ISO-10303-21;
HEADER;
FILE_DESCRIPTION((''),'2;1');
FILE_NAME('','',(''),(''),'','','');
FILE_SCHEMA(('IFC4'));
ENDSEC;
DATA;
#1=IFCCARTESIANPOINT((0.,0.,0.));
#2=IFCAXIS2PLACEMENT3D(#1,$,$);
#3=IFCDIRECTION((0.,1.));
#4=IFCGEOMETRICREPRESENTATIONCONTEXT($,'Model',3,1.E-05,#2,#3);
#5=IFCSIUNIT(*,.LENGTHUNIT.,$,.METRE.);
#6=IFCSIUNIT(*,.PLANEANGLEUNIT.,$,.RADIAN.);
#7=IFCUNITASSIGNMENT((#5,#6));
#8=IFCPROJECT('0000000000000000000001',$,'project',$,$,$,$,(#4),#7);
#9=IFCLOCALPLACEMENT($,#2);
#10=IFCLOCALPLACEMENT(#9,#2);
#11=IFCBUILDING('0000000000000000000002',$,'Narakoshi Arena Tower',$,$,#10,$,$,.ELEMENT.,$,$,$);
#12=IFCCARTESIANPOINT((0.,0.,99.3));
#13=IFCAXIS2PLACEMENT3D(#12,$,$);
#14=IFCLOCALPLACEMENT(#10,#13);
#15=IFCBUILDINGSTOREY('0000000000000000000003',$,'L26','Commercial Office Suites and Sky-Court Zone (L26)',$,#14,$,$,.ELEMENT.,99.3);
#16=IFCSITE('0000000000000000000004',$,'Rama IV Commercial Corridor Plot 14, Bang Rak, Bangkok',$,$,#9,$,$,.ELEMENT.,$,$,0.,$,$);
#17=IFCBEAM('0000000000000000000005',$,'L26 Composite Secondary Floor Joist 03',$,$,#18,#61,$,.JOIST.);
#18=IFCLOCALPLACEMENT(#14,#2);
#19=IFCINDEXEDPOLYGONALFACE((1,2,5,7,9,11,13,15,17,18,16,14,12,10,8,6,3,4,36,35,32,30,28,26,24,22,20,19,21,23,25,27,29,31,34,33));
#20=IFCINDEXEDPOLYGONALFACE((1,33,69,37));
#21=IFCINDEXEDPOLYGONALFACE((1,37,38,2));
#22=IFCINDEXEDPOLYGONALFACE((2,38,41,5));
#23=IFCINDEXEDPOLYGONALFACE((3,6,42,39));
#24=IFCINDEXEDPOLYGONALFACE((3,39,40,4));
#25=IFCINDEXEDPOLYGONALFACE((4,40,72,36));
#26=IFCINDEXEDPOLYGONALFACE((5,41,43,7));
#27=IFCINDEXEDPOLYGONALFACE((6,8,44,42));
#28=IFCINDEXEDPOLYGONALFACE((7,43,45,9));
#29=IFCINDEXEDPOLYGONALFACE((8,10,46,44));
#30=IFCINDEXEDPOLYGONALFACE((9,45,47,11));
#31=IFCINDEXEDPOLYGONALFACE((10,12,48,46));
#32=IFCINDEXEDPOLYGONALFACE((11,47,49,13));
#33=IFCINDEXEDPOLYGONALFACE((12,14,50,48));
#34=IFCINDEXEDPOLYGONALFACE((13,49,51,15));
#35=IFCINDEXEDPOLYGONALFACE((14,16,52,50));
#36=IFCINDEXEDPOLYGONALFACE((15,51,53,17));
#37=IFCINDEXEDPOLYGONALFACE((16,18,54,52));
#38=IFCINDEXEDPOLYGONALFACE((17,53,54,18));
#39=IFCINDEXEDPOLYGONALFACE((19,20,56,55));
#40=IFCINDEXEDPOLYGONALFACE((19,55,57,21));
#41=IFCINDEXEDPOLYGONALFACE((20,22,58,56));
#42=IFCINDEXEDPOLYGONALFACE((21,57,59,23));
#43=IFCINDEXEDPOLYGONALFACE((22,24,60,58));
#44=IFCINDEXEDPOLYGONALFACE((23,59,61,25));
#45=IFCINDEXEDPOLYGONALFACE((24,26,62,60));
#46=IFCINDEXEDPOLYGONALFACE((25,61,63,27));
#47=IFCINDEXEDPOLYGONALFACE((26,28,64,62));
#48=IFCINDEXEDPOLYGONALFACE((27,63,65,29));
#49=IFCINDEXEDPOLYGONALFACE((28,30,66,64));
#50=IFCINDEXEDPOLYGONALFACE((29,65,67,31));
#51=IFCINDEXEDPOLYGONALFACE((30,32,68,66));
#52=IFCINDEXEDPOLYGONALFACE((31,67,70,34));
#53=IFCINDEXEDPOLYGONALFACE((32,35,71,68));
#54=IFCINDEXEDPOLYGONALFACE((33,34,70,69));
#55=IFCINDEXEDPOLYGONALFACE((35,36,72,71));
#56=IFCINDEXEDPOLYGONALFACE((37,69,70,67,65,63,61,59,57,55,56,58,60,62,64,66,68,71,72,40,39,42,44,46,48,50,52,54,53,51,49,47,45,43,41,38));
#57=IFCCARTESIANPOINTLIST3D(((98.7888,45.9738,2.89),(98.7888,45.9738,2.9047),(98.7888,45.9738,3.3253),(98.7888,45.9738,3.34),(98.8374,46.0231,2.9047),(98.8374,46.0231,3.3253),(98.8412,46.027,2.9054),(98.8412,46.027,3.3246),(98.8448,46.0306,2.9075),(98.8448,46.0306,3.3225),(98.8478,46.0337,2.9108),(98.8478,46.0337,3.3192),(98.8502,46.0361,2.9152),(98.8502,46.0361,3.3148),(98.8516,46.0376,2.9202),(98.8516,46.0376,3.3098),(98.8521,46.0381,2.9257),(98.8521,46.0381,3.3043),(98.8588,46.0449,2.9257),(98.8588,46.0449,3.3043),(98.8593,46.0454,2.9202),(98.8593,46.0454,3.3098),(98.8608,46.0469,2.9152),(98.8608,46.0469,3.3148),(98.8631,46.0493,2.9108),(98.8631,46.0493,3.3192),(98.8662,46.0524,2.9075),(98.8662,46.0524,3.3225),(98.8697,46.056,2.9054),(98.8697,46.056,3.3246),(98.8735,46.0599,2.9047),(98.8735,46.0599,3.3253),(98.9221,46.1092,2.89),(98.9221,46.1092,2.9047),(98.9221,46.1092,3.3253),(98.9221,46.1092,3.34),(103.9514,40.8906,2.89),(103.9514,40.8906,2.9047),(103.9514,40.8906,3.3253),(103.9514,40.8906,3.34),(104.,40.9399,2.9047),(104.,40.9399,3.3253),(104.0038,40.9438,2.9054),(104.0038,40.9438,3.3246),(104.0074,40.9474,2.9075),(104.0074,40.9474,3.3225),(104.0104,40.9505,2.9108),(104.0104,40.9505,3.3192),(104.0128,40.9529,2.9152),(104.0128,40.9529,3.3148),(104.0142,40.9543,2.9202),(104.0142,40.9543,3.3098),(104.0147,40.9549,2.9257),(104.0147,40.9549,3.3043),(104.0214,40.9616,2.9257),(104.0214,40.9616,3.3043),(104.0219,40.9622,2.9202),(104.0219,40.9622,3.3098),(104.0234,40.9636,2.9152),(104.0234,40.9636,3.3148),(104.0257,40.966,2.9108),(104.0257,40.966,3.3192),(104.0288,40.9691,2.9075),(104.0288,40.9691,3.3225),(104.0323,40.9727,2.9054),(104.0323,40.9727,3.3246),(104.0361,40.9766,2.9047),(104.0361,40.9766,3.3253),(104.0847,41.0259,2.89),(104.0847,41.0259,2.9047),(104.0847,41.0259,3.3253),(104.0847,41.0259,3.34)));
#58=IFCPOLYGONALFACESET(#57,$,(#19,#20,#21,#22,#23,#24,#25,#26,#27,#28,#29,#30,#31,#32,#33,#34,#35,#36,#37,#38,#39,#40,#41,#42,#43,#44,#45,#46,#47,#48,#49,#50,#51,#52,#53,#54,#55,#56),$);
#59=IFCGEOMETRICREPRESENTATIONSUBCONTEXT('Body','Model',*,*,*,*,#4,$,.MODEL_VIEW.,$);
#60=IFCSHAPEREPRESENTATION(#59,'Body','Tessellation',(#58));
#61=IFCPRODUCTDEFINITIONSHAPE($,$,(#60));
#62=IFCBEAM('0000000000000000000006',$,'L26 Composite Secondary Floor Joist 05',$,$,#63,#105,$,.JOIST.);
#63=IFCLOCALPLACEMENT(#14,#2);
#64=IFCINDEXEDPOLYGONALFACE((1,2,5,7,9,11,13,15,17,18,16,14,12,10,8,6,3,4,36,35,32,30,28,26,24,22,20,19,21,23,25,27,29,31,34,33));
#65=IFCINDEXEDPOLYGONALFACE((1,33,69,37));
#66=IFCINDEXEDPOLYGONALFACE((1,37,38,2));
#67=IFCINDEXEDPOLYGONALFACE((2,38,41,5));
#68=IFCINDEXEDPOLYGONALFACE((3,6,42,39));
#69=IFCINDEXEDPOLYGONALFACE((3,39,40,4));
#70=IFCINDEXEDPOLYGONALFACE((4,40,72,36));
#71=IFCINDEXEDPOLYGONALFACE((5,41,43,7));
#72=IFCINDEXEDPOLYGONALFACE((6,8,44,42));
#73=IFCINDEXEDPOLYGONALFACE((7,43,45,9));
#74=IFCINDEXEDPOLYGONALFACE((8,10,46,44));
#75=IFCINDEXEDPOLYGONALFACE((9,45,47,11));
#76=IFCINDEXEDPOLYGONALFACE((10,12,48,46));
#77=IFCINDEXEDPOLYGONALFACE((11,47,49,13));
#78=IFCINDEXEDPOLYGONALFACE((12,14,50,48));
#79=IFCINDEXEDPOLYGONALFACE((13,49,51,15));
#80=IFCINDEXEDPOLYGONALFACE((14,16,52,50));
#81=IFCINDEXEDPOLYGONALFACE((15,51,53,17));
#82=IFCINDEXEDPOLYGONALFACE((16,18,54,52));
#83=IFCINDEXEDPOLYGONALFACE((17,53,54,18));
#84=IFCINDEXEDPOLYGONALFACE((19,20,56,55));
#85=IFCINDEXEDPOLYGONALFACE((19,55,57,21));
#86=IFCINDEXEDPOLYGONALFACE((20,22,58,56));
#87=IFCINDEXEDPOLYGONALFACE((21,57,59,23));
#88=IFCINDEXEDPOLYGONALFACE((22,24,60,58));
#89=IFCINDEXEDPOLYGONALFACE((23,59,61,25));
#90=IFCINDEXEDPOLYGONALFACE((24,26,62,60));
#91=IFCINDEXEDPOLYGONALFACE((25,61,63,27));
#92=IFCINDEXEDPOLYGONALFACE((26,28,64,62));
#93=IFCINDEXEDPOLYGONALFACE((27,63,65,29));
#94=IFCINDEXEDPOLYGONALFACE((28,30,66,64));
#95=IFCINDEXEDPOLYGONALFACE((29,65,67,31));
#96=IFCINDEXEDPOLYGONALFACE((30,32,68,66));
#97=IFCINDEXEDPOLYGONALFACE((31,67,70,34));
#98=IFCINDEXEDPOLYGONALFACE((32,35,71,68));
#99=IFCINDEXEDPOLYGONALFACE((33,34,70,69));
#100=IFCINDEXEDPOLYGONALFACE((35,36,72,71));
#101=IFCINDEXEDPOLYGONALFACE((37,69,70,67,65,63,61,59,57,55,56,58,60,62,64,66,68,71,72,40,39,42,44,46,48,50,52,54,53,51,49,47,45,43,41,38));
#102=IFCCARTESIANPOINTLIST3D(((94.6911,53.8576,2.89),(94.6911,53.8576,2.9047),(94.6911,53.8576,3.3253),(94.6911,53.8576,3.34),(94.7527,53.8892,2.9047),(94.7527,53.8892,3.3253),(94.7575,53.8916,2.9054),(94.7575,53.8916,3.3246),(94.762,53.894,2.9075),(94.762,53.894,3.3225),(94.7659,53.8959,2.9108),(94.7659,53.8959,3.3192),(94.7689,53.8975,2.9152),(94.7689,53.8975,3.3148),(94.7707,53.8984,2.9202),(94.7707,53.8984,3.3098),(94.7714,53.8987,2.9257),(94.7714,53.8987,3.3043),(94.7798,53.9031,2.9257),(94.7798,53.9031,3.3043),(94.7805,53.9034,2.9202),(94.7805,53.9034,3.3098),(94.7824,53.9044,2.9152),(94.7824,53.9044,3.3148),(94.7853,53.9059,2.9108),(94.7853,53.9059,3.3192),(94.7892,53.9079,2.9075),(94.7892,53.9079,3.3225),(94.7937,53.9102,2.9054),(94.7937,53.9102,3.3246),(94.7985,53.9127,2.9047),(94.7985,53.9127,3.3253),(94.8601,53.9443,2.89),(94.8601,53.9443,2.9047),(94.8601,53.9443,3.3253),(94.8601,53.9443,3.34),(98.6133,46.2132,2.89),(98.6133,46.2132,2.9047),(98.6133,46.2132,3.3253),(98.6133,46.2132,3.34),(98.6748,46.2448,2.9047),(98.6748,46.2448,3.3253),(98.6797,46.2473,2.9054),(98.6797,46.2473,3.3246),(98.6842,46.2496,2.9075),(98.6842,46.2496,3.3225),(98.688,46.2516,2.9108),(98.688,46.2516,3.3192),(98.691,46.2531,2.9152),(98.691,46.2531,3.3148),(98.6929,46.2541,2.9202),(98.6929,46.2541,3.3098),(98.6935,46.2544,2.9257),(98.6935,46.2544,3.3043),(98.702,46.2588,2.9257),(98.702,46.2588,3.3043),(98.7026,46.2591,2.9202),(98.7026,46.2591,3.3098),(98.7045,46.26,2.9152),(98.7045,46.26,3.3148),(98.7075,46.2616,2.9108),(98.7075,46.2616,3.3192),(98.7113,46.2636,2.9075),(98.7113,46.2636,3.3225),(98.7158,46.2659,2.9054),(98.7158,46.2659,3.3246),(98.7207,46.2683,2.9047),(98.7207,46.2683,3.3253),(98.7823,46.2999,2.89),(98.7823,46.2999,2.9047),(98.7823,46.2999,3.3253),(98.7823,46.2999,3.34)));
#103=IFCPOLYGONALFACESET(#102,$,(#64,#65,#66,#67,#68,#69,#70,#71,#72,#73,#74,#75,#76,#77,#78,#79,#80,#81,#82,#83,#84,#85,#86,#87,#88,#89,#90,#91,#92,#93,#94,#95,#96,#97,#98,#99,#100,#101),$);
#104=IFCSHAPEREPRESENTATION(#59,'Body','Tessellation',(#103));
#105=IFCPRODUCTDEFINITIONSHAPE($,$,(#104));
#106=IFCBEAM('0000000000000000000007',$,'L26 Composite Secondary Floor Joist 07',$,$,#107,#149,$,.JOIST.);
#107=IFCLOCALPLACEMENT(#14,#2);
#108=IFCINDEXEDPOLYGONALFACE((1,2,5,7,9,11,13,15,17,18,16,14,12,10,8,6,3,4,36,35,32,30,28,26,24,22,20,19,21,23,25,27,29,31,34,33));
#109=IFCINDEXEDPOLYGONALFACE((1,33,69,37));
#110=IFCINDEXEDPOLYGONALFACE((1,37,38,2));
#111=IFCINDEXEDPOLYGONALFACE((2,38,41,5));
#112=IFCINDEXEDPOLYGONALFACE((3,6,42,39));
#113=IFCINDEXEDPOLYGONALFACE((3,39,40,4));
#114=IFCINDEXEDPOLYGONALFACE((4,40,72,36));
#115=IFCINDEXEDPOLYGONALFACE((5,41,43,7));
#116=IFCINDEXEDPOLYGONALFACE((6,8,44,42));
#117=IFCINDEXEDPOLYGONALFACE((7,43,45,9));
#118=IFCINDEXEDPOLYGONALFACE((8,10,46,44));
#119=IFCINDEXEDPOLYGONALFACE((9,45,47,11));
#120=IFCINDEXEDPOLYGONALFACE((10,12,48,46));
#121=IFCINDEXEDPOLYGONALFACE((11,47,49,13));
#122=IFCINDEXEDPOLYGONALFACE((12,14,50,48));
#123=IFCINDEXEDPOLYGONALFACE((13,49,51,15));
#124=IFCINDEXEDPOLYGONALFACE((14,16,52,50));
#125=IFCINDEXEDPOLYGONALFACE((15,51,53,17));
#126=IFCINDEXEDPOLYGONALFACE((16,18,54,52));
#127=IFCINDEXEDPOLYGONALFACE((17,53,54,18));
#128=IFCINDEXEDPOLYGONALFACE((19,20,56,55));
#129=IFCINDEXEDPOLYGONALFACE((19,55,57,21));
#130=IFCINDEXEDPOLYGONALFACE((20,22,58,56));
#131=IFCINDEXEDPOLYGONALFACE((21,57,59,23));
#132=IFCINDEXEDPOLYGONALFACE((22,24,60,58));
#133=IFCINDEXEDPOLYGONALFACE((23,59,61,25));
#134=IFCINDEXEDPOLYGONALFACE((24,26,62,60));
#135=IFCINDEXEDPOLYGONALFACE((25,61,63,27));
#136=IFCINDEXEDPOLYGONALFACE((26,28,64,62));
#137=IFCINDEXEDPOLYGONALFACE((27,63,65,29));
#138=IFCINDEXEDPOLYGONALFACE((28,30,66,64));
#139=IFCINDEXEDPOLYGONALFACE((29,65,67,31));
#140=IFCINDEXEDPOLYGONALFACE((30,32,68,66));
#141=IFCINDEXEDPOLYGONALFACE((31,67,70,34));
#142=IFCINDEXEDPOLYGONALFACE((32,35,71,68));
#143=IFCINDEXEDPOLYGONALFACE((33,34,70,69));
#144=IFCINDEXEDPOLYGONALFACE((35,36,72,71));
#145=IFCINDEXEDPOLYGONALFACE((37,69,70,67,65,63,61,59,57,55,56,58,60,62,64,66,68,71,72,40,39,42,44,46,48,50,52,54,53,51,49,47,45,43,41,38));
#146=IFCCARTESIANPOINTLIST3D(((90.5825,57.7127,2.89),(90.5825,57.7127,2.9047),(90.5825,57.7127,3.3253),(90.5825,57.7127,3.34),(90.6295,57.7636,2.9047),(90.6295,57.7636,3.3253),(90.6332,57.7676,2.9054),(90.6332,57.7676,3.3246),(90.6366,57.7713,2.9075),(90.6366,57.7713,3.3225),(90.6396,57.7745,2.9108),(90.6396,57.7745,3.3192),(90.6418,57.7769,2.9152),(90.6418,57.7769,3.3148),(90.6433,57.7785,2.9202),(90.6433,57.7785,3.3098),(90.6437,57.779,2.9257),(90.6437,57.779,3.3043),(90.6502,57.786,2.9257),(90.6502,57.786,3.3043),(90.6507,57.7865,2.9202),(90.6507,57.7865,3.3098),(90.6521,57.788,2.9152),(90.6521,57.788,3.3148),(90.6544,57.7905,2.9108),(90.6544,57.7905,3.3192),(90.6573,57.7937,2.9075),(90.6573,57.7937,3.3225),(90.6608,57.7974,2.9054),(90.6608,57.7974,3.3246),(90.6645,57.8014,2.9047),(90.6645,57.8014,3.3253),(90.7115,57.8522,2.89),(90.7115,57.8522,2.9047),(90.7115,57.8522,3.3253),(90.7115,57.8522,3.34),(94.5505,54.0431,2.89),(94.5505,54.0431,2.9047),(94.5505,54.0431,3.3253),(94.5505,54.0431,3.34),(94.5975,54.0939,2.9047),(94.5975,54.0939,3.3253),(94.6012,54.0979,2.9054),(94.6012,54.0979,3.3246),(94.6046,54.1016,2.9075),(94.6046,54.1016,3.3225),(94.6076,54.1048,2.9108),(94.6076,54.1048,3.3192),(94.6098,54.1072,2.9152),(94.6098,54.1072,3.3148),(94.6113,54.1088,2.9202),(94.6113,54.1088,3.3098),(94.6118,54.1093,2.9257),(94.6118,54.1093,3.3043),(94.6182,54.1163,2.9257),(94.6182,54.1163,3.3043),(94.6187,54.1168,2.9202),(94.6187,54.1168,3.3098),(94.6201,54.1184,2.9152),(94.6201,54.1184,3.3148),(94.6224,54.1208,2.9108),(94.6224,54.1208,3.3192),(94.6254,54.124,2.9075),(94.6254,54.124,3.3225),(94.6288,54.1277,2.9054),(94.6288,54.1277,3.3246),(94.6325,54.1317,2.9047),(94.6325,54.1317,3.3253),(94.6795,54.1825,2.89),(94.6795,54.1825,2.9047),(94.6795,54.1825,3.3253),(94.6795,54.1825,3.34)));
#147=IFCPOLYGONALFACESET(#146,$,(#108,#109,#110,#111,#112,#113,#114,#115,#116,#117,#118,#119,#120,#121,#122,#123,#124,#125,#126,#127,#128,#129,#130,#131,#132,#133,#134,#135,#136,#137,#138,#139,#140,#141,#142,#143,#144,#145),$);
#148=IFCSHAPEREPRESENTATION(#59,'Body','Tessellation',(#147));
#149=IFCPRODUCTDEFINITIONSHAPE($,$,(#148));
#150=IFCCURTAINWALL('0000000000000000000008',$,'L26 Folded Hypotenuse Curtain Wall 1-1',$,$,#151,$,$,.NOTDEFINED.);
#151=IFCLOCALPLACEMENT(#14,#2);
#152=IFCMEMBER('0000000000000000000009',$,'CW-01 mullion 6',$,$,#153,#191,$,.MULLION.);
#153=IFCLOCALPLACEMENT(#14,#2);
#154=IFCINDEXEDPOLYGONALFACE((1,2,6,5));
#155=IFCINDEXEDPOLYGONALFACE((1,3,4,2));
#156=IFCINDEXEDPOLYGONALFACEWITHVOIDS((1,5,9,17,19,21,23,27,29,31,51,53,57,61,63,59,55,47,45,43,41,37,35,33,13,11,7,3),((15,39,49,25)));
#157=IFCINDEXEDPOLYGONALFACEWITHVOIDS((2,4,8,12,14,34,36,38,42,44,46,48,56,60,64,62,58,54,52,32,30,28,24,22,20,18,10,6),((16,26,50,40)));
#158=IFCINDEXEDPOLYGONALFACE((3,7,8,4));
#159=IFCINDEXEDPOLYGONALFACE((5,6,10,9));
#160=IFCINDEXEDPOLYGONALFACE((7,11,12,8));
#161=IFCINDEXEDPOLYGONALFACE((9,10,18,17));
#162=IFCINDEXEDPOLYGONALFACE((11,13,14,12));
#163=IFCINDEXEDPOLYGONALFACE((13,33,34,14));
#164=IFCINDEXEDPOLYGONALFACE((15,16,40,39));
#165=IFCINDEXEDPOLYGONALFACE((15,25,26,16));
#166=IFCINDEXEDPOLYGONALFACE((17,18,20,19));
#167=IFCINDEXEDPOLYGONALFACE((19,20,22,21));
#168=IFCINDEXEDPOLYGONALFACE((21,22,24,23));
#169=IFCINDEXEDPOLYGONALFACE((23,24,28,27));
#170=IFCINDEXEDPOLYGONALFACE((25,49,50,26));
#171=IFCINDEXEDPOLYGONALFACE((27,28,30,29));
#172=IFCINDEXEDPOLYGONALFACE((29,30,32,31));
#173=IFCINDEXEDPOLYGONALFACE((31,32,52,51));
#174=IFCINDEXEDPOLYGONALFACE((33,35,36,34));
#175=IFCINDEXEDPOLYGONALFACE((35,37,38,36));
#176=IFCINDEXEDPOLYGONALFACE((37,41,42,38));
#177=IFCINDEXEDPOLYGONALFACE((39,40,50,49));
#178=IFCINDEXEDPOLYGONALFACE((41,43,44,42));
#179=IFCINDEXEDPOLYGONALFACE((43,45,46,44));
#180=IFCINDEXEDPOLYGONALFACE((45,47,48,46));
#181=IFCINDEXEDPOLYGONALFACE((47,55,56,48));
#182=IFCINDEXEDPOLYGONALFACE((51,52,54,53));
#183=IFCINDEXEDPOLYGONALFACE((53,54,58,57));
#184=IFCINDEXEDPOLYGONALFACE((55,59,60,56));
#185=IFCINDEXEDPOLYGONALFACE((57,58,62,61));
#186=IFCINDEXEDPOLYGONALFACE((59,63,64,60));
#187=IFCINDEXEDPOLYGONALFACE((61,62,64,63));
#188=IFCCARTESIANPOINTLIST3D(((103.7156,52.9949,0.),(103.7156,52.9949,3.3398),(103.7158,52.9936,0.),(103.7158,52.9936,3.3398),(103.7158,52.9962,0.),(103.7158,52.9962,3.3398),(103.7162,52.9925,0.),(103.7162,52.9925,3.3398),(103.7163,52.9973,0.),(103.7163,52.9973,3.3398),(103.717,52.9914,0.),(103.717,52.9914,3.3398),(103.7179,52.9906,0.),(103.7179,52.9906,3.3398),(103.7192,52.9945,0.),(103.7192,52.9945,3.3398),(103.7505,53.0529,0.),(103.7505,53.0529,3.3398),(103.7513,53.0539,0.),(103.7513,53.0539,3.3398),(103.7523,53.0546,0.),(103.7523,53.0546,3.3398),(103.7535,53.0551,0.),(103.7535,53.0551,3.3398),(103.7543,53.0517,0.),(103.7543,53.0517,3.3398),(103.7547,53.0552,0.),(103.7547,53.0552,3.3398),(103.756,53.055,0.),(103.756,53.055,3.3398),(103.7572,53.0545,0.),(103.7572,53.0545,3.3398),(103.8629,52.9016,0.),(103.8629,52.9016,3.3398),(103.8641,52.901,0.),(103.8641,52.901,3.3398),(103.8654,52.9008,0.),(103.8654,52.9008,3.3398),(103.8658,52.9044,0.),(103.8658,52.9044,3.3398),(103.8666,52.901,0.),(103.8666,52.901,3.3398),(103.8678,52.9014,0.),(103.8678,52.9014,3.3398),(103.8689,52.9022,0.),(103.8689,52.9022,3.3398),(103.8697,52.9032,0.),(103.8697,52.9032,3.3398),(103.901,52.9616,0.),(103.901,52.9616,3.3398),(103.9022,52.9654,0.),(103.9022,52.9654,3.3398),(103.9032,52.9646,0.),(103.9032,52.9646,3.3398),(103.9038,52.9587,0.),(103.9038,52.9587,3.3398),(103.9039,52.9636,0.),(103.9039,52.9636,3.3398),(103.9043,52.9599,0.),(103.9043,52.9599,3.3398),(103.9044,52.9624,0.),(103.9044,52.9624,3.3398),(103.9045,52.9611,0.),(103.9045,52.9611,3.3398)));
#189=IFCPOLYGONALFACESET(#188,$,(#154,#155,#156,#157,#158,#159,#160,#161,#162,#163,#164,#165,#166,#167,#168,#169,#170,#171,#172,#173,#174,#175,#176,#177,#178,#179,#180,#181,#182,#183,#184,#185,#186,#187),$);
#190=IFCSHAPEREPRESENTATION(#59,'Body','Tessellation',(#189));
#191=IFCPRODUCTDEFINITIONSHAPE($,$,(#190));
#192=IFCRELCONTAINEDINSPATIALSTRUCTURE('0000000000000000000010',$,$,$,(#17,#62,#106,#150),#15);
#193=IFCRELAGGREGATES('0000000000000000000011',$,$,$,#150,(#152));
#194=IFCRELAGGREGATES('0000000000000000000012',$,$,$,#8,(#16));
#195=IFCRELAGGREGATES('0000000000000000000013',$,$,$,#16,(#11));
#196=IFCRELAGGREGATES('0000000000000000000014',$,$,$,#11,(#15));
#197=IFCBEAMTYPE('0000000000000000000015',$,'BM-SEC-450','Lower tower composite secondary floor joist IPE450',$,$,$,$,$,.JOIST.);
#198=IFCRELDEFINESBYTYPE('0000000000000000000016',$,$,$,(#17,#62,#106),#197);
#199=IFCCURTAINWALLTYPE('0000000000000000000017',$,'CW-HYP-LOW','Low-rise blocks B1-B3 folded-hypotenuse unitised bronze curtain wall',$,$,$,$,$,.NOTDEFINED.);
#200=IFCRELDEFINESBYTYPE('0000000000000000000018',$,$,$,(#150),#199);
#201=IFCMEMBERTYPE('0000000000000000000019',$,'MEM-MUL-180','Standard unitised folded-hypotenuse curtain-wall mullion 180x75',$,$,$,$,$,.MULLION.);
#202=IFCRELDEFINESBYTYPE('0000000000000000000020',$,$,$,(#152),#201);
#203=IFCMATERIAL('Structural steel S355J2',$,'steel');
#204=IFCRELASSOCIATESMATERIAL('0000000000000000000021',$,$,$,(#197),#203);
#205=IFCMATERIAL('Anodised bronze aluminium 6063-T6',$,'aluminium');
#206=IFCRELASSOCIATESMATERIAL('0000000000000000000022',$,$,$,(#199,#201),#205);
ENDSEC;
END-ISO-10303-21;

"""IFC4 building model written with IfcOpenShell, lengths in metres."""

from ifc_helpers import new_model, si_unit, direction, frame, origin, origin_2d, place, context, subcontext, project, spatial, hollow_rectangle, i_section, extrude, material, material_profile, profile_set, type_object, element, aggregate, save


model = new_model("IFC4")

# Units and contexts
model_context = context("Model", 3, precision=1e-05, world=origin(), true_north=direction((0.0, 1.0)))
body_context = subcontext(model_context, "Body", "Model", "MODEL_VIEW")
ifc_project = project(units=[si_unit("LENGTHUNIT", "METRE"), si_unit("PLANEANGLEUNIT", "RADIAN")], contexts=[model_context])

# Site, building, storey
site_placement = place(None, origin())
site = spatial("IfcSite", under=ifc_project, at=site_placement, Name="Rama IV Commercial Corridor Plot 14, Bang Rak, Bangkok", CompositionType="ELEMENT", RefElevation=0.0)
building_placement = place(site_placement, origin())
building = spatial("IfcBuilding", under=site, at=building_placement, Name="Narakoshi Arena Tower", CompositionType="ELEMENT")
storey_placement = place(building_placement, frame((0.0, 0.0, 99.3)))
storey = spatial("IfcBuildingStorey", under=building, at=storey_placement, Name="L26", Description="Commercial Office Suites and Sky-Court Zone (L26)", CompositionType="ELEMENT", Elevation=99.3)

# Beams
ifc_material_1 = material(Name="Structural steel S355J2", Category="steel")
ifc_material_profile_1 = material_profile(ifc_material_1, i_section(OverallWidth=0.1899, OverallDepth=0.45, WebThickness=0.0095, FlangeThickness=0.0146, FilletRadius=0.021, at=origin_2d()), Name="IPE450")
ifc_profile_set_1 = profile_set([ifc_material_profile_1], Name="Structural steel S355J2")
beam_type_1 = type_object("IfcBeamType", Name="BM-SEC-450", Description="Lower tower composite secondary floor joist IPE450", PredefinedType="JOIST", material=ifc_profile_set_1)
beam_1_placement = place(storey_placement, frame((104.0181, 40.9583, 3.115), z_axis=(-0.712561, 0.70161, 0.0), x_axis=(-0.70161, -0.712561, 0.0)))
element("IfcBeam", 1, at=beam_1_placement, inside=storey, type_object=beam_type_1, Name="L26 Composite Secondary Floor Joist 03", PredefinedType="JOIST", context=body_context, shape_type="SweptSolid", body=[
    extrude(i_section(OverallWidth=0.1899, OverallDepth=0.45, WebThickness=0.0095, FlangeThickness=0.0146, FilletRadius=0.021, at=origin_2d()), origin(), (0.0, 0.0, 1.0), 7.2451),
])
beam_2_placement = place(storey_placement, frame((98.6978, 46.2566, 3.115), z_axis=(-0.456498, 0.889724, 0.0), x_axis=(-0.889724, -0.456498, 0.0)))
element("IfcBeam", 2, at=beam_2_placement, inside=storey, type_object=beam_type_1, Name="L26 Composite Secondary Floor Joist 05", PredefinedType="JOIST", context=body_context, shape_type="SweptSolid", body=[
    extrude(i_section(OverallWidth=0.1899, OverallDepth=0.45, WebThickness=0.0095, FlangeThickness=0.0146, FilletRadius=0.021, at=origin_2d()), origin(), (0.0, 0.0, 1.0), 8.5918),
])
beam_3_placement = place(storey_placement, frame((94.615, 54.1128, 3.115), z_axis=(-0.734168, 0.678968, 0.0), x_axis=(-0.678968, -0.734168, 0.0)))
element("IfcBeam", 3, at=beam_3_placement, inside=storey, type_object=beam_type_1, Name="L26 Composite Secondary Floor Joist 07", PredefinedType="JOIST", context=body_context, shape_type="SweptSolid", body=[
    extrude(i_section(OverallWidth=0.1899, OverallDepth=0.45, WebThickness=0.0095, FlangeThickness=0.0146, FilletRadius=0.021, at=origin_2d()), origin(), (0.0, 0.0, 1.0), 5.4048),
])

# Curtain wall, member
ifc_material_2 = material(Name="Anodised bronze aluminium 6063-T6", Category="aluminium")
curtain_wall_type = type_object("IfcCurtainWallType", Name="CW-HYP-LOW", Description="Low-rise blocks B1-B3 folded-hypotenuse unitised bronze curtain wall", PredefinedType="NOTDEFINED", material=ifc_material_2)
curtain_wall_placement = place(storey_placement, origin())
curtain_wall = element("IfcCurtainWall", 4, at=curtain_wall_placement, inside=storey, type_object=curtain_wall_type, Name="L26 Folded Hypotenuse Curtain Wall 1-1", PredefinedType="NOTDEFINED")
ifc_material_profile_2 = material_profile(ifc_material_2, hollow_rectangle(XDim=0.075, YDim=0.1799, WallThickness=0.0039, OuterFilletRadius=0.0049, at=origin_2d()), Name="MUL180x75x4")
ifc_profile_set_2 = profile_set([ifc_material_profile_2], Name="Anodised bronze aluminium 6063-T6")
member_type_1 = type_object("IfcMemberType", Name="MEM-MUL-180", Description="Standard unitised folded-hypotenuse curtain-wall mullion 180x75", PredefinedType="MULLION", material=ifc_profile_set_2)
member_1_placement = place(storey_placement, frame((103.8101, 52.978, 0.0), z_axis=(0.0, 0.0, 1.0), x_axis=(-0.523358, -0.852113, 0.0)))
member_1 = element("IfcMember", 5, at=member_1_placement, type_object=member_type_1, Name="CW-01 mullion 6", PredefinedType="MULLION", context=body_context, shape_type="SweptSolid", body=[
    extrude(hollow_rectangle(XDim=0.075, YDim=0.1799, WallThickness=0.0039, OuterFilletRadius=0.0049, at=origin_2d()), origin(), (0.0, 0.0, 1.0), 3.3398),
])
aggregate(curtain_wall, [member_1])

save(model, "model.ifc")
